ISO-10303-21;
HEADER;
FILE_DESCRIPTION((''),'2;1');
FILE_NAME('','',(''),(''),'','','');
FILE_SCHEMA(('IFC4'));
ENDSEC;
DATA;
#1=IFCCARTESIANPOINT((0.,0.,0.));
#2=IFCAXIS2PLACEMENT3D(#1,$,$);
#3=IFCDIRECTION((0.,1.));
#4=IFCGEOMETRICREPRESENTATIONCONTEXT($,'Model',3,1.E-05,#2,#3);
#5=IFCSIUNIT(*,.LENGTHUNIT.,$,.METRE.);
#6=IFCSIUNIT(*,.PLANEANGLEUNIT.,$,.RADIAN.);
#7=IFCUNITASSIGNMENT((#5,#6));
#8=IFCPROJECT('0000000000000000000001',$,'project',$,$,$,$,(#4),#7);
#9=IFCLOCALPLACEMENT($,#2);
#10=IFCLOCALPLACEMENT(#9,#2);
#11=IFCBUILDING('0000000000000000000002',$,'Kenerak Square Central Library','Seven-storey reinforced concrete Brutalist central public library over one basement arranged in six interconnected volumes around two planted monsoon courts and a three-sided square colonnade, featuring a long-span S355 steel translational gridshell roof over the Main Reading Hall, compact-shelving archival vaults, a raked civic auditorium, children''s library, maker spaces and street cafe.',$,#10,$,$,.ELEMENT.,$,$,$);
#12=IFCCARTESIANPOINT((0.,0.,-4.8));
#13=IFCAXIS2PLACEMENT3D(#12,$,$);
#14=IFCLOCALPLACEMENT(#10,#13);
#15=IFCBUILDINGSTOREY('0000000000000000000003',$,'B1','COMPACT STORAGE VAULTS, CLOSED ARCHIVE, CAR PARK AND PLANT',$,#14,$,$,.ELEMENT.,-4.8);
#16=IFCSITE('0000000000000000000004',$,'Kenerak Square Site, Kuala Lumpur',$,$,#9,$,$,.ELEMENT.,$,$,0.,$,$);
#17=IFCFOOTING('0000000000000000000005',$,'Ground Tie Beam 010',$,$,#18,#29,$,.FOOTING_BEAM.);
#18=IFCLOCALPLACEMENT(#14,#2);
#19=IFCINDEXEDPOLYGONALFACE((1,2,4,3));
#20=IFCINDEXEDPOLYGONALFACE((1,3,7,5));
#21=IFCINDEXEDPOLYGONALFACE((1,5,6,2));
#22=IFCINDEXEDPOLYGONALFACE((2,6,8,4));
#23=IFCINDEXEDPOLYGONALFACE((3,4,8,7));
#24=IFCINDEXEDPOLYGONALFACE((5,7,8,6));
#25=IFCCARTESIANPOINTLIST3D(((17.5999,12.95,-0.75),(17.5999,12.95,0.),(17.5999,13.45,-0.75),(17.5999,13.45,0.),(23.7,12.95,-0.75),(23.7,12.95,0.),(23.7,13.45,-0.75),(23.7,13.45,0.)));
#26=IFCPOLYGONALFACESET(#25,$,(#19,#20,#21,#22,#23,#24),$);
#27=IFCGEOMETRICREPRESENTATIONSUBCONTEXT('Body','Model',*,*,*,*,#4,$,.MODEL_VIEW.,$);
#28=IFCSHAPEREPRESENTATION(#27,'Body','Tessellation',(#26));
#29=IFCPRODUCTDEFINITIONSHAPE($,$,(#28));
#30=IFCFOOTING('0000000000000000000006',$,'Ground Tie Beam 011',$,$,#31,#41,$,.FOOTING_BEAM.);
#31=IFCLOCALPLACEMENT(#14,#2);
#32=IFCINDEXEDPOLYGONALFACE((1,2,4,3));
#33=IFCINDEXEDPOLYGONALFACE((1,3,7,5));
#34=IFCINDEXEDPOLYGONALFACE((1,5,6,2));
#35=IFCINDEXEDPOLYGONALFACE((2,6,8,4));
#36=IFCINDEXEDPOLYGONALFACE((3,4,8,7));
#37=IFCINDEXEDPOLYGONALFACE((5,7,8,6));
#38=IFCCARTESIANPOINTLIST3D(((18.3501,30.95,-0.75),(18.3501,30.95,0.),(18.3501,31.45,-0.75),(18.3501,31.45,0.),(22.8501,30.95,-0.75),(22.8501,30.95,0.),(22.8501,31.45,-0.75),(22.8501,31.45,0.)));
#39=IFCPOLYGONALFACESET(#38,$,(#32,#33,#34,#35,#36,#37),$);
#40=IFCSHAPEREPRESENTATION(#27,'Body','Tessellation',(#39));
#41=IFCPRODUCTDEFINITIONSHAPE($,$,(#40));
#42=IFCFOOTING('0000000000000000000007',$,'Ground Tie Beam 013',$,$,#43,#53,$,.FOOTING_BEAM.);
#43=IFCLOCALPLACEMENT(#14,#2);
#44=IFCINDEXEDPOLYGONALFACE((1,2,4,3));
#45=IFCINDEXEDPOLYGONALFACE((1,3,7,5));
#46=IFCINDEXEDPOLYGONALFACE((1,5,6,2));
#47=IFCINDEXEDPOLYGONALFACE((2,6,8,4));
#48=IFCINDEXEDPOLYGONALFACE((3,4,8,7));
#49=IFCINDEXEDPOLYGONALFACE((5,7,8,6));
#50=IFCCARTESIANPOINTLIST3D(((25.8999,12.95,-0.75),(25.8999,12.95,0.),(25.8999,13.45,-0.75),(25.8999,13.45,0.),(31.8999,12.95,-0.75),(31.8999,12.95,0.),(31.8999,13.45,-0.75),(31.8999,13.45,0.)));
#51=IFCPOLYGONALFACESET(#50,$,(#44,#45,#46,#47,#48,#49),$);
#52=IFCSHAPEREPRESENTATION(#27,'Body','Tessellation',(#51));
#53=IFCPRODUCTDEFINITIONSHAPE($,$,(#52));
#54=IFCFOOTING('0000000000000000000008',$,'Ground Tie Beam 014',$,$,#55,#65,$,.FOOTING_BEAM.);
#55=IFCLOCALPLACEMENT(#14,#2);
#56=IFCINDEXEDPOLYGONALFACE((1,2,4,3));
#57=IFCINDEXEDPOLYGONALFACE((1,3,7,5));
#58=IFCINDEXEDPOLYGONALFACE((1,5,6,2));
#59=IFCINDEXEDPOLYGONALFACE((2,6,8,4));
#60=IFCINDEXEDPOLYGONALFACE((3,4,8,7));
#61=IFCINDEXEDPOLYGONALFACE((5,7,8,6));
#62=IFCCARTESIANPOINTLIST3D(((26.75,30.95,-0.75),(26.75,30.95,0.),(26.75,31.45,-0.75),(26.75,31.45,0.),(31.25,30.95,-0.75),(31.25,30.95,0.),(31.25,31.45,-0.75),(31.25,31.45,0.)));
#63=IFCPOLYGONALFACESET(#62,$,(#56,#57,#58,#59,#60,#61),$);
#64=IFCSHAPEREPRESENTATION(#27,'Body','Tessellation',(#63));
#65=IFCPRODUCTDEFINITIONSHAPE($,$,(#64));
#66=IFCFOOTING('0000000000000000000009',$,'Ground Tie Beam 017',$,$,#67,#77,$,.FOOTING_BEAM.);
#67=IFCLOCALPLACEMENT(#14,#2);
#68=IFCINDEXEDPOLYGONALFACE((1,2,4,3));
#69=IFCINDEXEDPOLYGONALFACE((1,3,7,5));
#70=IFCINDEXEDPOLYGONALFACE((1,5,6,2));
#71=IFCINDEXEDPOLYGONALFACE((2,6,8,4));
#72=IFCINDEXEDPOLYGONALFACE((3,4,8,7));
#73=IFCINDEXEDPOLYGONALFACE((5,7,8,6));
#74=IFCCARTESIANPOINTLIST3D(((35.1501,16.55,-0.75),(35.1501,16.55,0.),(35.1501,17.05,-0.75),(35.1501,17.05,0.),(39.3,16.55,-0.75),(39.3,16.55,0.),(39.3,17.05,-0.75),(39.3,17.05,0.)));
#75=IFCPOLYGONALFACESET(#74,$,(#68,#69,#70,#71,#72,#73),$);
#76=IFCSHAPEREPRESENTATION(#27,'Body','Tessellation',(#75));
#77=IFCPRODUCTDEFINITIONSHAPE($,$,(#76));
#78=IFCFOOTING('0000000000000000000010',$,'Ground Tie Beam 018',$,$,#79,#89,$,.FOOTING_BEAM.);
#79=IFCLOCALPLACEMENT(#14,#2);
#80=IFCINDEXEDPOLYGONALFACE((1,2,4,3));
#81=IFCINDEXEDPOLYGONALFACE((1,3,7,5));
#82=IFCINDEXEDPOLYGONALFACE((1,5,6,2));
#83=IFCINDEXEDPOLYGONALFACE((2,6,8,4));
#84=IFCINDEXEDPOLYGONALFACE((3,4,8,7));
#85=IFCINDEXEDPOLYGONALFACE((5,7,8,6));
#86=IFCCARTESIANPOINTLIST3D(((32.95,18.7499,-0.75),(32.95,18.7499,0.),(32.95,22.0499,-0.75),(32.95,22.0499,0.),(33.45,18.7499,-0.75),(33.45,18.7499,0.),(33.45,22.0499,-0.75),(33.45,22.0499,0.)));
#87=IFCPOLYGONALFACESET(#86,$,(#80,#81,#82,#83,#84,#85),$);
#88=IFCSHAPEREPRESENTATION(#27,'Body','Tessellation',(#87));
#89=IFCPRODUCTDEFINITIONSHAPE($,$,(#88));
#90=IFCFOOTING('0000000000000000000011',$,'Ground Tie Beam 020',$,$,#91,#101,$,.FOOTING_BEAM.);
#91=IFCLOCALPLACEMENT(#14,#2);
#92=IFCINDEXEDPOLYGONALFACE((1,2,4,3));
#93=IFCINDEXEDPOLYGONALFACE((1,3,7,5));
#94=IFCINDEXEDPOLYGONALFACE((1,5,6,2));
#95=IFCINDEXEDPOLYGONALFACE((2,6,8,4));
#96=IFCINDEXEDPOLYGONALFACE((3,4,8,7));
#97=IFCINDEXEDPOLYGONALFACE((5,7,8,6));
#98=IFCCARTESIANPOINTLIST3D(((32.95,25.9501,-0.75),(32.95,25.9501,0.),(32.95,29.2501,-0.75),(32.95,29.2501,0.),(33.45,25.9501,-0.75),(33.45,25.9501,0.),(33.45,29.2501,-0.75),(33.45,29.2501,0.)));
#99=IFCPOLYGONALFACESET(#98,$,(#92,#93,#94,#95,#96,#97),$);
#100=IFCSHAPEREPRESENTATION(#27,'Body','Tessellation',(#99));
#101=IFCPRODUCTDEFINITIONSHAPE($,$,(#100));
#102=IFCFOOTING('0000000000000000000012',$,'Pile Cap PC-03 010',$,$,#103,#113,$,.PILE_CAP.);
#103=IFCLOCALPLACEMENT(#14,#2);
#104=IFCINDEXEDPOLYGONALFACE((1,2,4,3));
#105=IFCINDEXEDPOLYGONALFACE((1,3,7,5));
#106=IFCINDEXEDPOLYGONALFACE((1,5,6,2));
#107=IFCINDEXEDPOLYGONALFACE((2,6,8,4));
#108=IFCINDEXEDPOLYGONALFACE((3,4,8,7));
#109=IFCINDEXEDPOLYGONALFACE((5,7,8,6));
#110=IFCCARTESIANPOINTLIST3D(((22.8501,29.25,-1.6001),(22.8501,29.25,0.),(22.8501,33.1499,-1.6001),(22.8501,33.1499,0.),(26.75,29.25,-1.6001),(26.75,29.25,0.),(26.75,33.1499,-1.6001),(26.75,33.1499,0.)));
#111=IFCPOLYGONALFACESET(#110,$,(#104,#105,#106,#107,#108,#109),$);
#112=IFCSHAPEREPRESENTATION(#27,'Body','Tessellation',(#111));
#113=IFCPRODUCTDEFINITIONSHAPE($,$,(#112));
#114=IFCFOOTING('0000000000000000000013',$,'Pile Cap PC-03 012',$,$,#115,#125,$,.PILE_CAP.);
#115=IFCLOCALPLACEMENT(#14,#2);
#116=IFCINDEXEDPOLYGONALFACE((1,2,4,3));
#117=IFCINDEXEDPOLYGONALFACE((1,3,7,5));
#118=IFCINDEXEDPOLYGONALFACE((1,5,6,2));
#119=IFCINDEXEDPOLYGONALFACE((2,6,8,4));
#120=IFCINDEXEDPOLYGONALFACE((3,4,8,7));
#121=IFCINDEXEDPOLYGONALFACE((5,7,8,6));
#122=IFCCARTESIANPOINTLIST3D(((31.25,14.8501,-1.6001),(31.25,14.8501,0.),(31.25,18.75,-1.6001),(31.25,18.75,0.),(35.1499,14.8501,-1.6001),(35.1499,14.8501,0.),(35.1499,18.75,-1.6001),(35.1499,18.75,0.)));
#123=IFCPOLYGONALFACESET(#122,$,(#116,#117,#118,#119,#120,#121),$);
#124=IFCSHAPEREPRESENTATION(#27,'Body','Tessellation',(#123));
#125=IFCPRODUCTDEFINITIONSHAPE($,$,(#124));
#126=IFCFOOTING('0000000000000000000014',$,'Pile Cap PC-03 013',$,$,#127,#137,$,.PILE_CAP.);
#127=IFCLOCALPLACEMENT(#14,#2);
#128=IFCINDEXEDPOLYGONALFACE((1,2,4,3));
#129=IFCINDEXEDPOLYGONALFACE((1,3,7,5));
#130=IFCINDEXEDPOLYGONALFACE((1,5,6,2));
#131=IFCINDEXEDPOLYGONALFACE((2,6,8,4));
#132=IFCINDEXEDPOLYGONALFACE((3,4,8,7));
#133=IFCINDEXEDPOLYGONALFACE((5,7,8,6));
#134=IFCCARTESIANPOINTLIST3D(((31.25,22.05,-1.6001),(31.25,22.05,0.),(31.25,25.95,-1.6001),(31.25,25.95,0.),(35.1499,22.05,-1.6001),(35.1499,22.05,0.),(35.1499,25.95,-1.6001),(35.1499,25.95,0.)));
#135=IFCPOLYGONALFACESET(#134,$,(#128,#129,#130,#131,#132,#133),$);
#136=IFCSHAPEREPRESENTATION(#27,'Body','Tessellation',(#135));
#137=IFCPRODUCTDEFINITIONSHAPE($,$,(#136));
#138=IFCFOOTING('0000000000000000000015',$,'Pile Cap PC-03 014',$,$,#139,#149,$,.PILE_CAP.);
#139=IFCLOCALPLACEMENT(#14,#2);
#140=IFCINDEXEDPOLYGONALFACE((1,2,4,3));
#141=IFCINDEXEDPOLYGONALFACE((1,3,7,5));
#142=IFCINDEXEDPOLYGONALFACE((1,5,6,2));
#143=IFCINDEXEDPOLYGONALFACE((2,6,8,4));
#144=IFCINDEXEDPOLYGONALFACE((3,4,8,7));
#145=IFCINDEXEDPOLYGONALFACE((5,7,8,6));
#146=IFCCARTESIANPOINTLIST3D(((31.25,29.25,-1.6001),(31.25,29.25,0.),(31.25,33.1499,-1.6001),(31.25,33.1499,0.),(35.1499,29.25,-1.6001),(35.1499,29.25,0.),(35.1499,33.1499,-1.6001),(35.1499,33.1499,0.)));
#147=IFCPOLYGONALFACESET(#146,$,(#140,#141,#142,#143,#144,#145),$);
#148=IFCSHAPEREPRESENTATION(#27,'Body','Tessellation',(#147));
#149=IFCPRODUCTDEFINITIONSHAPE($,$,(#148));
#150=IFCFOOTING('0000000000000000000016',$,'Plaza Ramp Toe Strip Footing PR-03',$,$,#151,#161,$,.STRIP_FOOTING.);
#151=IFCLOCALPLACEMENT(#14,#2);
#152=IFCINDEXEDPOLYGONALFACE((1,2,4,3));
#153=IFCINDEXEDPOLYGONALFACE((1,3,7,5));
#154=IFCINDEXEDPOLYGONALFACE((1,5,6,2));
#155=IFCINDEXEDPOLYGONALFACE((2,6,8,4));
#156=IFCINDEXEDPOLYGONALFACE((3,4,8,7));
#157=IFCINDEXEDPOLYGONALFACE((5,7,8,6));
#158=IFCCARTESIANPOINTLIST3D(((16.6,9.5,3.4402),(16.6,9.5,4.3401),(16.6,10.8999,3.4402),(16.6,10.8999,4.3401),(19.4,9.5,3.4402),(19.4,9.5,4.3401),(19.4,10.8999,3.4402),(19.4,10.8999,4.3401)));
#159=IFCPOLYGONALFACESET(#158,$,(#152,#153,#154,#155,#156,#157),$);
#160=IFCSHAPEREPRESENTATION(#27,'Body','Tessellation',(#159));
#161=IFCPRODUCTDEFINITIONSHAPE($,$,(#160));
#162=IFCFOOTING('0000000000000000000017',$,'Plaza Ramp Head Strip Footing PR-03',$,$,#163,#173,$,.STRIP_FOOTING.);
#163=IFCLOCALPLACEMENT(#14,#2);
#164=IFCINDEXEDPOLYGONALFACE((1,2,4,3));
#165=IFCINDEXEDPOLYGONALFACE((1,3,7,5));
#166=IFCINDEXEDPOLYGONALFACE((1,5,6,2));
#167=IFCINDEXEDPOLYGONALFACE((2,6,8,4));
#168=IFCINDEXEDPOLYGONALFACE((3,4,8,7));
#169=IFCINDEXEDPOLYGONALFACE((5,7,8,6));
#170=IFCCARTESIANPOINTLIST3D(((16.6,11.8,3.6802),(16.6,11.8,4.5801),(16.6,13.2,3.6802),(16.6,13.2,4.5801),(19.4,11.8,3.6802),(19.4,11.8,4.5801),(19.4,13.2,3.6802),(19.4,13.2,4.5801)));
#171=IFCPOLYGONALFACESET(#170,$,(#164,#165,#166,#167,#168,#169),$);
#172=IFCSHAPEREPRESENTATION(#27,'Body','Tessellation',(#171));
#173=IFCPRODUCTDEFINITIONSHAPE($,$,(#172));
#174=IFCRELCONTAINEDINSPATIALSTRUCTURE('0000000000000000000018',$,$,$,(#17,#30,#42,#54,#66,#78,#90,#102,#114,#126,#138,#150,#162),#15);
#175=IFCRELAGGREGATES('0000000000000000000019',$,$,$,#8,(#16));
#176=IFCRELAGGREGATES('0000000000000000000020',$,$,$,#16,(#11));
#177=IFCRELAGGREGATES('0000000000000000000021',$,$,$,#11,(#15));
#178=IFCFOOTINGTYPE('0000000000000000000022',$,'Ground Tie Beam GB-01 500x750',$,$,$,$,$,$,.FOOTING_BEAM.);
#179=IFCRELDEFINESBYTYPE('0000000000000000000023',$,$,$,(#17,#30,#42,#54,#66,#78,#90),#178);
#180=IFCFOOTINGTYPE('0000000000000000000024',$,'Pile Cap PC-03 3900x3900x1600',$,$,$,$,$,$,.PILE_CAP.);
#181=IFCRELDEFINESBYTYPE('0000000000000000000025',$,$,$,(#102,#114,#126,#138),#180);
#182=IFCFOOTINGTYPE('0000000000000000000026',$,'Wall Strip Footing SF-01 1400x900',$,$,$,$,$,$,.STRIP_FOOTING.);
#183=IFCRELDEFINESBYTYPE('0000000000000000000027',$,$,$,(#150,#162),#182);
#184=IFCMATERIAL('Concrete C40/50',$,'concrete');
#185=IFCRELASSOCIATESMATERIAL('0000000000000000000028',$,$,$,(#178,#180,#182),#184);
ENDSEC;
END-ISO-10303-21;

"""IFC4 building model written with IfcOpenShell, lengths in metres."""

from ifc_helpers import new_model, si_unit, direction, frame, origin, origin_2d, place, context, subcontext, project, spatial, rectangle, extrude, material, type_object, element, save


model = new_model("IFC4")

# Units and contexts
model_context = context("Model", 3, precision=1e-05, world=origin(), true_north=direction((0.0, 1.0)))
body_context = subcontext(model_context, "Body", "Model", "MODEL_VIEW")
ifc_project = project(units=[si_unit("LENGTHUNIT", "METRE"), si_unit("PLANEANGLEUNIT", "RADIAN")], contexts=[model_context])

# Site, building, storey
site_placement = place(None, origin())
site = spatial("IfcSite", under=ifc_project, at=site_placement, Name="Kenerak Square Site, Kuala Lumpur", CompositionType="ELEMENT", RefElevation=0.0)
building_placement = place(site_placement, origin())
building = spatial("IfcBuilding", under=site, at=building_placement, Name="Kenerak Square Central Library", Description="Seven-storey reinforced concrete Brutalist central public library over one basement arranged in six interconnected volumes around two planted monsoon courts and a three-sided square colonnade, featuring a long-span S355 steel translational gridshell roof over the Main Reading Hall, compact-shelving archival vaults, a raked civic auditorium, children's library, maker spaces and street cafe.", CompositionType="ELEMENT")
storey_placement = place(building_placement, frame((0.0, 0.0, -4.8)))
storey = spatial("IfcBuildingStorey", under=building, at=storey_placement, Name="B1", Description="COMPACT STORAGE VAULTS, CLOSED ARCHIVE, CAR PARK AND PLANT", CompositionType="ELEMENT", Elevation=-4.8)

# Shared definitions
ifc_material_1 = material(Name="Concrete C40/50", Category="concrete")

# Footings
footing_type_1 = type_object("IfcFootingType", Name="Ground Tie Beam GB-01 500x750", PredefinedType="FOOTING_BEAM", material=ifc_material_1)
footing_1_placement = place(storey_placement, frame((20.6499, 13.2, -0.75), z_axis=(0.0, 0.0, 1.0), x_axis=(1.0, 0.0, 0.0)))
element("IfcFooting", 1, at=footing_1_placement, inside=storey, type_object=footing_type_1, Name="Ground Tie Beam 010", PredefinedType="FOOTING_BEAM", context=body_context, shape_type="SweptSolid", body=[
    extrude(rectangle(XDim=6.1001, YDim=0.5, at=origin_2d()), origin(), (0.0, 0.0, 1.0), 0.75),
])
footing_2_placement = place(storey_placement, frame((20.6001, 31.2, -0.75), z_axis=(0.0, 0.0, 1.0), x_axis=(1.0, 0.0, 0.0)))
element("IfcFooting", 2, at=footing_2_placement, inside=storey, type_object=footing_type_1, Name="Ground Tie Beam 011", PredefinedType="FOOTING_BEAM", context=body_context, shape_type="SweptSolid", body=[
    extrude(rectangle(XDim=4.5, YDim=0.5, at=origin_2d()), origin(), (0.0, 0.0, 1.0), 0.75),
])
footing_3_placement = place(storey_placement, frame((28.8999, 13.2, -0.75), z_axis=(0.0, 0.0, 1.0), x_axis=(1.0, 0.0, 0.0)))
element("IfcFooting", 3, at=footing_3_placement, inside=storey, type_object=footing_type_1, Name="Ground Tie Beam 013", PredefinedType="FOOTING_BEAM", context=body_context, shape_type="SweptSolid", body=[
    extrude(rectangle(XDim=6.0, YDim=0.5, at=origin_2d()), origin(), (0.0, 0.0, 1.0), 0.75),
])
footing_4_placement = place(storey_placement, frame((29.0, 31.2, -0.75), z_axis=(0.0, 0.0, 1.0), x_axis=(1.0, 0.0, 0.0)))
element("IfcFooting", 4, at=footing_4_placement, inside=storey, type_object=footing_type_1, Name="Ground Tie Beam 014", PredefinedType="FOOTING_BEAM", context=body_context, shape_type="SweptSolid", body=[
    extrude(rectangle(XDim=4.5, YDim=0.5, at=origin_2d()), origin(), (0.0, 0.0, 1.0), 0.75),
])
footing_5_placement = place(storey_placement, frame((37.2251, 16.8, -0.75), z_axis=(0.0, 0.0, 1.0), x_axis=(1.0, 0.0, 0.0)))
element("IfcFooting", 5, at=footing_5_placement, inside=storey, type_object=footing_type_1, Name="Ground Tie Beam 017", PredefinedType="FOOTING_BEAM", context=body_context, shape_type="SweptSolid", body=[
    extrude(rectangle(XDim=4.1499, YDim=0.5, at=origin_2d()), origin(), (0.0, 0.0, 1.0), 0.75),
])
for number, where, z_axis, x_axis, name in (
    (6, (33.2, 20.3999, -0.75), (0.0, 0.0, 1.0), (1.0, 0.0, 0.0), "Ground Tie Beam 018"),
    (7, (33.2, 27.6001, -0.75), (0.0, 0.0, 1.0), (1.0, 0.0, 0.0), "Ground Tie Beam 020"),
):
    element("IfcFooting", number, at=place(storey_placement, frame(where, z_axis=z_axis, x_axis=x_axis)), inside=storey, type_object=footing_type_1, Name=name, PredefinedType="FOOTING_BEAM", context=body_context, shape_type="SweptSolid", body=[
        extrude(rectangle(XDim=0.5, YDim=3.3, at=origin_2d()), origin(), (0.0, 0.0, 1.0), 0.75),
    ])
footing_type_2 = type_object("IfcFootingType", Name="Pile Cap PC-03 3900x3900x1600", PredefinedType="PILE_CAP", material=ifc_material_1)
for number, where, z_axis, x_axis, name in (
    (8, (24.8, 31.2, -1.6001), (0.0, 0.0, 1.0), (1.0, 0.0, 0.0), "Pile Cap PC-03 010"),
    (9, (33.2, 16.8, -1.6001), (0.0, 0.0, 1.0), (1.0, 0.0, 0.0), "Pile Cap PC-03 012"),
    (10, (33.2, 24.0, -1.6001), (0.0, 0.0, 1.0), (1.0, 0.0, 0.0), "Pile Cap PC-03 013"),
    (11, (33.2, 31.2, -1.6001), (0.0, 0.0, 1.0), (1.0, 0.0, 0.0), "Pile Cap PC-03 014"),
):
    element("IfcFooting", number, at=place(storey_placement, frame(where, z_axis=z_axis, x_axis=x_axis)), inside=storey, type_object=footing_type_2, Name=name, PredefinedType="PILE_CAP", context=body_context, shape_type="SweptSolid", body=[
        extrude(rectangle(XDim=3.8999, YDim=3.8999, at=origin_2d()), origin(), (0.0, 0.0, 1.0), 1.6001),
    ])
footing_type_3 = type_object("IfcFootingType", Name="Wall Strip Footing SF-01 1400x900", PredefinedType="STRIP_FOOTING", material=ifc_material_1)
for number, where, z_axis, x_axis, name in (
    (12, (18.0, 10.2, 3.4402), (0.0, 0.0, 1.0), (1.0, 0.0, 0.0), "Plaza Ramp Toe Strip Footing PR-03"),
    (13, (18.0, 12.5, 3.6802), (0.0, 0.0, 1.0), (1.0, 0.0, 0.0), "Plaza Ramp Head Strip Footing PR-03"),
):
    element("IfcFooting", number, at=place(storey_placement, frame(where, z_axis=z_axis, x_axis=x_axis)), inside=storey, type_object=footing_type_3, Name=name, PredefinedType="STRIP_FOOTING", context=body_context, shape_type="SweptSolid", body=[
        extrude(rectangle(XDim=2.8, YDim=1.3999, at=origin_2d()), origin(), (0.0, 0.0, 1.0), 0.8999),
    ])

save(model, "model.ifc")
